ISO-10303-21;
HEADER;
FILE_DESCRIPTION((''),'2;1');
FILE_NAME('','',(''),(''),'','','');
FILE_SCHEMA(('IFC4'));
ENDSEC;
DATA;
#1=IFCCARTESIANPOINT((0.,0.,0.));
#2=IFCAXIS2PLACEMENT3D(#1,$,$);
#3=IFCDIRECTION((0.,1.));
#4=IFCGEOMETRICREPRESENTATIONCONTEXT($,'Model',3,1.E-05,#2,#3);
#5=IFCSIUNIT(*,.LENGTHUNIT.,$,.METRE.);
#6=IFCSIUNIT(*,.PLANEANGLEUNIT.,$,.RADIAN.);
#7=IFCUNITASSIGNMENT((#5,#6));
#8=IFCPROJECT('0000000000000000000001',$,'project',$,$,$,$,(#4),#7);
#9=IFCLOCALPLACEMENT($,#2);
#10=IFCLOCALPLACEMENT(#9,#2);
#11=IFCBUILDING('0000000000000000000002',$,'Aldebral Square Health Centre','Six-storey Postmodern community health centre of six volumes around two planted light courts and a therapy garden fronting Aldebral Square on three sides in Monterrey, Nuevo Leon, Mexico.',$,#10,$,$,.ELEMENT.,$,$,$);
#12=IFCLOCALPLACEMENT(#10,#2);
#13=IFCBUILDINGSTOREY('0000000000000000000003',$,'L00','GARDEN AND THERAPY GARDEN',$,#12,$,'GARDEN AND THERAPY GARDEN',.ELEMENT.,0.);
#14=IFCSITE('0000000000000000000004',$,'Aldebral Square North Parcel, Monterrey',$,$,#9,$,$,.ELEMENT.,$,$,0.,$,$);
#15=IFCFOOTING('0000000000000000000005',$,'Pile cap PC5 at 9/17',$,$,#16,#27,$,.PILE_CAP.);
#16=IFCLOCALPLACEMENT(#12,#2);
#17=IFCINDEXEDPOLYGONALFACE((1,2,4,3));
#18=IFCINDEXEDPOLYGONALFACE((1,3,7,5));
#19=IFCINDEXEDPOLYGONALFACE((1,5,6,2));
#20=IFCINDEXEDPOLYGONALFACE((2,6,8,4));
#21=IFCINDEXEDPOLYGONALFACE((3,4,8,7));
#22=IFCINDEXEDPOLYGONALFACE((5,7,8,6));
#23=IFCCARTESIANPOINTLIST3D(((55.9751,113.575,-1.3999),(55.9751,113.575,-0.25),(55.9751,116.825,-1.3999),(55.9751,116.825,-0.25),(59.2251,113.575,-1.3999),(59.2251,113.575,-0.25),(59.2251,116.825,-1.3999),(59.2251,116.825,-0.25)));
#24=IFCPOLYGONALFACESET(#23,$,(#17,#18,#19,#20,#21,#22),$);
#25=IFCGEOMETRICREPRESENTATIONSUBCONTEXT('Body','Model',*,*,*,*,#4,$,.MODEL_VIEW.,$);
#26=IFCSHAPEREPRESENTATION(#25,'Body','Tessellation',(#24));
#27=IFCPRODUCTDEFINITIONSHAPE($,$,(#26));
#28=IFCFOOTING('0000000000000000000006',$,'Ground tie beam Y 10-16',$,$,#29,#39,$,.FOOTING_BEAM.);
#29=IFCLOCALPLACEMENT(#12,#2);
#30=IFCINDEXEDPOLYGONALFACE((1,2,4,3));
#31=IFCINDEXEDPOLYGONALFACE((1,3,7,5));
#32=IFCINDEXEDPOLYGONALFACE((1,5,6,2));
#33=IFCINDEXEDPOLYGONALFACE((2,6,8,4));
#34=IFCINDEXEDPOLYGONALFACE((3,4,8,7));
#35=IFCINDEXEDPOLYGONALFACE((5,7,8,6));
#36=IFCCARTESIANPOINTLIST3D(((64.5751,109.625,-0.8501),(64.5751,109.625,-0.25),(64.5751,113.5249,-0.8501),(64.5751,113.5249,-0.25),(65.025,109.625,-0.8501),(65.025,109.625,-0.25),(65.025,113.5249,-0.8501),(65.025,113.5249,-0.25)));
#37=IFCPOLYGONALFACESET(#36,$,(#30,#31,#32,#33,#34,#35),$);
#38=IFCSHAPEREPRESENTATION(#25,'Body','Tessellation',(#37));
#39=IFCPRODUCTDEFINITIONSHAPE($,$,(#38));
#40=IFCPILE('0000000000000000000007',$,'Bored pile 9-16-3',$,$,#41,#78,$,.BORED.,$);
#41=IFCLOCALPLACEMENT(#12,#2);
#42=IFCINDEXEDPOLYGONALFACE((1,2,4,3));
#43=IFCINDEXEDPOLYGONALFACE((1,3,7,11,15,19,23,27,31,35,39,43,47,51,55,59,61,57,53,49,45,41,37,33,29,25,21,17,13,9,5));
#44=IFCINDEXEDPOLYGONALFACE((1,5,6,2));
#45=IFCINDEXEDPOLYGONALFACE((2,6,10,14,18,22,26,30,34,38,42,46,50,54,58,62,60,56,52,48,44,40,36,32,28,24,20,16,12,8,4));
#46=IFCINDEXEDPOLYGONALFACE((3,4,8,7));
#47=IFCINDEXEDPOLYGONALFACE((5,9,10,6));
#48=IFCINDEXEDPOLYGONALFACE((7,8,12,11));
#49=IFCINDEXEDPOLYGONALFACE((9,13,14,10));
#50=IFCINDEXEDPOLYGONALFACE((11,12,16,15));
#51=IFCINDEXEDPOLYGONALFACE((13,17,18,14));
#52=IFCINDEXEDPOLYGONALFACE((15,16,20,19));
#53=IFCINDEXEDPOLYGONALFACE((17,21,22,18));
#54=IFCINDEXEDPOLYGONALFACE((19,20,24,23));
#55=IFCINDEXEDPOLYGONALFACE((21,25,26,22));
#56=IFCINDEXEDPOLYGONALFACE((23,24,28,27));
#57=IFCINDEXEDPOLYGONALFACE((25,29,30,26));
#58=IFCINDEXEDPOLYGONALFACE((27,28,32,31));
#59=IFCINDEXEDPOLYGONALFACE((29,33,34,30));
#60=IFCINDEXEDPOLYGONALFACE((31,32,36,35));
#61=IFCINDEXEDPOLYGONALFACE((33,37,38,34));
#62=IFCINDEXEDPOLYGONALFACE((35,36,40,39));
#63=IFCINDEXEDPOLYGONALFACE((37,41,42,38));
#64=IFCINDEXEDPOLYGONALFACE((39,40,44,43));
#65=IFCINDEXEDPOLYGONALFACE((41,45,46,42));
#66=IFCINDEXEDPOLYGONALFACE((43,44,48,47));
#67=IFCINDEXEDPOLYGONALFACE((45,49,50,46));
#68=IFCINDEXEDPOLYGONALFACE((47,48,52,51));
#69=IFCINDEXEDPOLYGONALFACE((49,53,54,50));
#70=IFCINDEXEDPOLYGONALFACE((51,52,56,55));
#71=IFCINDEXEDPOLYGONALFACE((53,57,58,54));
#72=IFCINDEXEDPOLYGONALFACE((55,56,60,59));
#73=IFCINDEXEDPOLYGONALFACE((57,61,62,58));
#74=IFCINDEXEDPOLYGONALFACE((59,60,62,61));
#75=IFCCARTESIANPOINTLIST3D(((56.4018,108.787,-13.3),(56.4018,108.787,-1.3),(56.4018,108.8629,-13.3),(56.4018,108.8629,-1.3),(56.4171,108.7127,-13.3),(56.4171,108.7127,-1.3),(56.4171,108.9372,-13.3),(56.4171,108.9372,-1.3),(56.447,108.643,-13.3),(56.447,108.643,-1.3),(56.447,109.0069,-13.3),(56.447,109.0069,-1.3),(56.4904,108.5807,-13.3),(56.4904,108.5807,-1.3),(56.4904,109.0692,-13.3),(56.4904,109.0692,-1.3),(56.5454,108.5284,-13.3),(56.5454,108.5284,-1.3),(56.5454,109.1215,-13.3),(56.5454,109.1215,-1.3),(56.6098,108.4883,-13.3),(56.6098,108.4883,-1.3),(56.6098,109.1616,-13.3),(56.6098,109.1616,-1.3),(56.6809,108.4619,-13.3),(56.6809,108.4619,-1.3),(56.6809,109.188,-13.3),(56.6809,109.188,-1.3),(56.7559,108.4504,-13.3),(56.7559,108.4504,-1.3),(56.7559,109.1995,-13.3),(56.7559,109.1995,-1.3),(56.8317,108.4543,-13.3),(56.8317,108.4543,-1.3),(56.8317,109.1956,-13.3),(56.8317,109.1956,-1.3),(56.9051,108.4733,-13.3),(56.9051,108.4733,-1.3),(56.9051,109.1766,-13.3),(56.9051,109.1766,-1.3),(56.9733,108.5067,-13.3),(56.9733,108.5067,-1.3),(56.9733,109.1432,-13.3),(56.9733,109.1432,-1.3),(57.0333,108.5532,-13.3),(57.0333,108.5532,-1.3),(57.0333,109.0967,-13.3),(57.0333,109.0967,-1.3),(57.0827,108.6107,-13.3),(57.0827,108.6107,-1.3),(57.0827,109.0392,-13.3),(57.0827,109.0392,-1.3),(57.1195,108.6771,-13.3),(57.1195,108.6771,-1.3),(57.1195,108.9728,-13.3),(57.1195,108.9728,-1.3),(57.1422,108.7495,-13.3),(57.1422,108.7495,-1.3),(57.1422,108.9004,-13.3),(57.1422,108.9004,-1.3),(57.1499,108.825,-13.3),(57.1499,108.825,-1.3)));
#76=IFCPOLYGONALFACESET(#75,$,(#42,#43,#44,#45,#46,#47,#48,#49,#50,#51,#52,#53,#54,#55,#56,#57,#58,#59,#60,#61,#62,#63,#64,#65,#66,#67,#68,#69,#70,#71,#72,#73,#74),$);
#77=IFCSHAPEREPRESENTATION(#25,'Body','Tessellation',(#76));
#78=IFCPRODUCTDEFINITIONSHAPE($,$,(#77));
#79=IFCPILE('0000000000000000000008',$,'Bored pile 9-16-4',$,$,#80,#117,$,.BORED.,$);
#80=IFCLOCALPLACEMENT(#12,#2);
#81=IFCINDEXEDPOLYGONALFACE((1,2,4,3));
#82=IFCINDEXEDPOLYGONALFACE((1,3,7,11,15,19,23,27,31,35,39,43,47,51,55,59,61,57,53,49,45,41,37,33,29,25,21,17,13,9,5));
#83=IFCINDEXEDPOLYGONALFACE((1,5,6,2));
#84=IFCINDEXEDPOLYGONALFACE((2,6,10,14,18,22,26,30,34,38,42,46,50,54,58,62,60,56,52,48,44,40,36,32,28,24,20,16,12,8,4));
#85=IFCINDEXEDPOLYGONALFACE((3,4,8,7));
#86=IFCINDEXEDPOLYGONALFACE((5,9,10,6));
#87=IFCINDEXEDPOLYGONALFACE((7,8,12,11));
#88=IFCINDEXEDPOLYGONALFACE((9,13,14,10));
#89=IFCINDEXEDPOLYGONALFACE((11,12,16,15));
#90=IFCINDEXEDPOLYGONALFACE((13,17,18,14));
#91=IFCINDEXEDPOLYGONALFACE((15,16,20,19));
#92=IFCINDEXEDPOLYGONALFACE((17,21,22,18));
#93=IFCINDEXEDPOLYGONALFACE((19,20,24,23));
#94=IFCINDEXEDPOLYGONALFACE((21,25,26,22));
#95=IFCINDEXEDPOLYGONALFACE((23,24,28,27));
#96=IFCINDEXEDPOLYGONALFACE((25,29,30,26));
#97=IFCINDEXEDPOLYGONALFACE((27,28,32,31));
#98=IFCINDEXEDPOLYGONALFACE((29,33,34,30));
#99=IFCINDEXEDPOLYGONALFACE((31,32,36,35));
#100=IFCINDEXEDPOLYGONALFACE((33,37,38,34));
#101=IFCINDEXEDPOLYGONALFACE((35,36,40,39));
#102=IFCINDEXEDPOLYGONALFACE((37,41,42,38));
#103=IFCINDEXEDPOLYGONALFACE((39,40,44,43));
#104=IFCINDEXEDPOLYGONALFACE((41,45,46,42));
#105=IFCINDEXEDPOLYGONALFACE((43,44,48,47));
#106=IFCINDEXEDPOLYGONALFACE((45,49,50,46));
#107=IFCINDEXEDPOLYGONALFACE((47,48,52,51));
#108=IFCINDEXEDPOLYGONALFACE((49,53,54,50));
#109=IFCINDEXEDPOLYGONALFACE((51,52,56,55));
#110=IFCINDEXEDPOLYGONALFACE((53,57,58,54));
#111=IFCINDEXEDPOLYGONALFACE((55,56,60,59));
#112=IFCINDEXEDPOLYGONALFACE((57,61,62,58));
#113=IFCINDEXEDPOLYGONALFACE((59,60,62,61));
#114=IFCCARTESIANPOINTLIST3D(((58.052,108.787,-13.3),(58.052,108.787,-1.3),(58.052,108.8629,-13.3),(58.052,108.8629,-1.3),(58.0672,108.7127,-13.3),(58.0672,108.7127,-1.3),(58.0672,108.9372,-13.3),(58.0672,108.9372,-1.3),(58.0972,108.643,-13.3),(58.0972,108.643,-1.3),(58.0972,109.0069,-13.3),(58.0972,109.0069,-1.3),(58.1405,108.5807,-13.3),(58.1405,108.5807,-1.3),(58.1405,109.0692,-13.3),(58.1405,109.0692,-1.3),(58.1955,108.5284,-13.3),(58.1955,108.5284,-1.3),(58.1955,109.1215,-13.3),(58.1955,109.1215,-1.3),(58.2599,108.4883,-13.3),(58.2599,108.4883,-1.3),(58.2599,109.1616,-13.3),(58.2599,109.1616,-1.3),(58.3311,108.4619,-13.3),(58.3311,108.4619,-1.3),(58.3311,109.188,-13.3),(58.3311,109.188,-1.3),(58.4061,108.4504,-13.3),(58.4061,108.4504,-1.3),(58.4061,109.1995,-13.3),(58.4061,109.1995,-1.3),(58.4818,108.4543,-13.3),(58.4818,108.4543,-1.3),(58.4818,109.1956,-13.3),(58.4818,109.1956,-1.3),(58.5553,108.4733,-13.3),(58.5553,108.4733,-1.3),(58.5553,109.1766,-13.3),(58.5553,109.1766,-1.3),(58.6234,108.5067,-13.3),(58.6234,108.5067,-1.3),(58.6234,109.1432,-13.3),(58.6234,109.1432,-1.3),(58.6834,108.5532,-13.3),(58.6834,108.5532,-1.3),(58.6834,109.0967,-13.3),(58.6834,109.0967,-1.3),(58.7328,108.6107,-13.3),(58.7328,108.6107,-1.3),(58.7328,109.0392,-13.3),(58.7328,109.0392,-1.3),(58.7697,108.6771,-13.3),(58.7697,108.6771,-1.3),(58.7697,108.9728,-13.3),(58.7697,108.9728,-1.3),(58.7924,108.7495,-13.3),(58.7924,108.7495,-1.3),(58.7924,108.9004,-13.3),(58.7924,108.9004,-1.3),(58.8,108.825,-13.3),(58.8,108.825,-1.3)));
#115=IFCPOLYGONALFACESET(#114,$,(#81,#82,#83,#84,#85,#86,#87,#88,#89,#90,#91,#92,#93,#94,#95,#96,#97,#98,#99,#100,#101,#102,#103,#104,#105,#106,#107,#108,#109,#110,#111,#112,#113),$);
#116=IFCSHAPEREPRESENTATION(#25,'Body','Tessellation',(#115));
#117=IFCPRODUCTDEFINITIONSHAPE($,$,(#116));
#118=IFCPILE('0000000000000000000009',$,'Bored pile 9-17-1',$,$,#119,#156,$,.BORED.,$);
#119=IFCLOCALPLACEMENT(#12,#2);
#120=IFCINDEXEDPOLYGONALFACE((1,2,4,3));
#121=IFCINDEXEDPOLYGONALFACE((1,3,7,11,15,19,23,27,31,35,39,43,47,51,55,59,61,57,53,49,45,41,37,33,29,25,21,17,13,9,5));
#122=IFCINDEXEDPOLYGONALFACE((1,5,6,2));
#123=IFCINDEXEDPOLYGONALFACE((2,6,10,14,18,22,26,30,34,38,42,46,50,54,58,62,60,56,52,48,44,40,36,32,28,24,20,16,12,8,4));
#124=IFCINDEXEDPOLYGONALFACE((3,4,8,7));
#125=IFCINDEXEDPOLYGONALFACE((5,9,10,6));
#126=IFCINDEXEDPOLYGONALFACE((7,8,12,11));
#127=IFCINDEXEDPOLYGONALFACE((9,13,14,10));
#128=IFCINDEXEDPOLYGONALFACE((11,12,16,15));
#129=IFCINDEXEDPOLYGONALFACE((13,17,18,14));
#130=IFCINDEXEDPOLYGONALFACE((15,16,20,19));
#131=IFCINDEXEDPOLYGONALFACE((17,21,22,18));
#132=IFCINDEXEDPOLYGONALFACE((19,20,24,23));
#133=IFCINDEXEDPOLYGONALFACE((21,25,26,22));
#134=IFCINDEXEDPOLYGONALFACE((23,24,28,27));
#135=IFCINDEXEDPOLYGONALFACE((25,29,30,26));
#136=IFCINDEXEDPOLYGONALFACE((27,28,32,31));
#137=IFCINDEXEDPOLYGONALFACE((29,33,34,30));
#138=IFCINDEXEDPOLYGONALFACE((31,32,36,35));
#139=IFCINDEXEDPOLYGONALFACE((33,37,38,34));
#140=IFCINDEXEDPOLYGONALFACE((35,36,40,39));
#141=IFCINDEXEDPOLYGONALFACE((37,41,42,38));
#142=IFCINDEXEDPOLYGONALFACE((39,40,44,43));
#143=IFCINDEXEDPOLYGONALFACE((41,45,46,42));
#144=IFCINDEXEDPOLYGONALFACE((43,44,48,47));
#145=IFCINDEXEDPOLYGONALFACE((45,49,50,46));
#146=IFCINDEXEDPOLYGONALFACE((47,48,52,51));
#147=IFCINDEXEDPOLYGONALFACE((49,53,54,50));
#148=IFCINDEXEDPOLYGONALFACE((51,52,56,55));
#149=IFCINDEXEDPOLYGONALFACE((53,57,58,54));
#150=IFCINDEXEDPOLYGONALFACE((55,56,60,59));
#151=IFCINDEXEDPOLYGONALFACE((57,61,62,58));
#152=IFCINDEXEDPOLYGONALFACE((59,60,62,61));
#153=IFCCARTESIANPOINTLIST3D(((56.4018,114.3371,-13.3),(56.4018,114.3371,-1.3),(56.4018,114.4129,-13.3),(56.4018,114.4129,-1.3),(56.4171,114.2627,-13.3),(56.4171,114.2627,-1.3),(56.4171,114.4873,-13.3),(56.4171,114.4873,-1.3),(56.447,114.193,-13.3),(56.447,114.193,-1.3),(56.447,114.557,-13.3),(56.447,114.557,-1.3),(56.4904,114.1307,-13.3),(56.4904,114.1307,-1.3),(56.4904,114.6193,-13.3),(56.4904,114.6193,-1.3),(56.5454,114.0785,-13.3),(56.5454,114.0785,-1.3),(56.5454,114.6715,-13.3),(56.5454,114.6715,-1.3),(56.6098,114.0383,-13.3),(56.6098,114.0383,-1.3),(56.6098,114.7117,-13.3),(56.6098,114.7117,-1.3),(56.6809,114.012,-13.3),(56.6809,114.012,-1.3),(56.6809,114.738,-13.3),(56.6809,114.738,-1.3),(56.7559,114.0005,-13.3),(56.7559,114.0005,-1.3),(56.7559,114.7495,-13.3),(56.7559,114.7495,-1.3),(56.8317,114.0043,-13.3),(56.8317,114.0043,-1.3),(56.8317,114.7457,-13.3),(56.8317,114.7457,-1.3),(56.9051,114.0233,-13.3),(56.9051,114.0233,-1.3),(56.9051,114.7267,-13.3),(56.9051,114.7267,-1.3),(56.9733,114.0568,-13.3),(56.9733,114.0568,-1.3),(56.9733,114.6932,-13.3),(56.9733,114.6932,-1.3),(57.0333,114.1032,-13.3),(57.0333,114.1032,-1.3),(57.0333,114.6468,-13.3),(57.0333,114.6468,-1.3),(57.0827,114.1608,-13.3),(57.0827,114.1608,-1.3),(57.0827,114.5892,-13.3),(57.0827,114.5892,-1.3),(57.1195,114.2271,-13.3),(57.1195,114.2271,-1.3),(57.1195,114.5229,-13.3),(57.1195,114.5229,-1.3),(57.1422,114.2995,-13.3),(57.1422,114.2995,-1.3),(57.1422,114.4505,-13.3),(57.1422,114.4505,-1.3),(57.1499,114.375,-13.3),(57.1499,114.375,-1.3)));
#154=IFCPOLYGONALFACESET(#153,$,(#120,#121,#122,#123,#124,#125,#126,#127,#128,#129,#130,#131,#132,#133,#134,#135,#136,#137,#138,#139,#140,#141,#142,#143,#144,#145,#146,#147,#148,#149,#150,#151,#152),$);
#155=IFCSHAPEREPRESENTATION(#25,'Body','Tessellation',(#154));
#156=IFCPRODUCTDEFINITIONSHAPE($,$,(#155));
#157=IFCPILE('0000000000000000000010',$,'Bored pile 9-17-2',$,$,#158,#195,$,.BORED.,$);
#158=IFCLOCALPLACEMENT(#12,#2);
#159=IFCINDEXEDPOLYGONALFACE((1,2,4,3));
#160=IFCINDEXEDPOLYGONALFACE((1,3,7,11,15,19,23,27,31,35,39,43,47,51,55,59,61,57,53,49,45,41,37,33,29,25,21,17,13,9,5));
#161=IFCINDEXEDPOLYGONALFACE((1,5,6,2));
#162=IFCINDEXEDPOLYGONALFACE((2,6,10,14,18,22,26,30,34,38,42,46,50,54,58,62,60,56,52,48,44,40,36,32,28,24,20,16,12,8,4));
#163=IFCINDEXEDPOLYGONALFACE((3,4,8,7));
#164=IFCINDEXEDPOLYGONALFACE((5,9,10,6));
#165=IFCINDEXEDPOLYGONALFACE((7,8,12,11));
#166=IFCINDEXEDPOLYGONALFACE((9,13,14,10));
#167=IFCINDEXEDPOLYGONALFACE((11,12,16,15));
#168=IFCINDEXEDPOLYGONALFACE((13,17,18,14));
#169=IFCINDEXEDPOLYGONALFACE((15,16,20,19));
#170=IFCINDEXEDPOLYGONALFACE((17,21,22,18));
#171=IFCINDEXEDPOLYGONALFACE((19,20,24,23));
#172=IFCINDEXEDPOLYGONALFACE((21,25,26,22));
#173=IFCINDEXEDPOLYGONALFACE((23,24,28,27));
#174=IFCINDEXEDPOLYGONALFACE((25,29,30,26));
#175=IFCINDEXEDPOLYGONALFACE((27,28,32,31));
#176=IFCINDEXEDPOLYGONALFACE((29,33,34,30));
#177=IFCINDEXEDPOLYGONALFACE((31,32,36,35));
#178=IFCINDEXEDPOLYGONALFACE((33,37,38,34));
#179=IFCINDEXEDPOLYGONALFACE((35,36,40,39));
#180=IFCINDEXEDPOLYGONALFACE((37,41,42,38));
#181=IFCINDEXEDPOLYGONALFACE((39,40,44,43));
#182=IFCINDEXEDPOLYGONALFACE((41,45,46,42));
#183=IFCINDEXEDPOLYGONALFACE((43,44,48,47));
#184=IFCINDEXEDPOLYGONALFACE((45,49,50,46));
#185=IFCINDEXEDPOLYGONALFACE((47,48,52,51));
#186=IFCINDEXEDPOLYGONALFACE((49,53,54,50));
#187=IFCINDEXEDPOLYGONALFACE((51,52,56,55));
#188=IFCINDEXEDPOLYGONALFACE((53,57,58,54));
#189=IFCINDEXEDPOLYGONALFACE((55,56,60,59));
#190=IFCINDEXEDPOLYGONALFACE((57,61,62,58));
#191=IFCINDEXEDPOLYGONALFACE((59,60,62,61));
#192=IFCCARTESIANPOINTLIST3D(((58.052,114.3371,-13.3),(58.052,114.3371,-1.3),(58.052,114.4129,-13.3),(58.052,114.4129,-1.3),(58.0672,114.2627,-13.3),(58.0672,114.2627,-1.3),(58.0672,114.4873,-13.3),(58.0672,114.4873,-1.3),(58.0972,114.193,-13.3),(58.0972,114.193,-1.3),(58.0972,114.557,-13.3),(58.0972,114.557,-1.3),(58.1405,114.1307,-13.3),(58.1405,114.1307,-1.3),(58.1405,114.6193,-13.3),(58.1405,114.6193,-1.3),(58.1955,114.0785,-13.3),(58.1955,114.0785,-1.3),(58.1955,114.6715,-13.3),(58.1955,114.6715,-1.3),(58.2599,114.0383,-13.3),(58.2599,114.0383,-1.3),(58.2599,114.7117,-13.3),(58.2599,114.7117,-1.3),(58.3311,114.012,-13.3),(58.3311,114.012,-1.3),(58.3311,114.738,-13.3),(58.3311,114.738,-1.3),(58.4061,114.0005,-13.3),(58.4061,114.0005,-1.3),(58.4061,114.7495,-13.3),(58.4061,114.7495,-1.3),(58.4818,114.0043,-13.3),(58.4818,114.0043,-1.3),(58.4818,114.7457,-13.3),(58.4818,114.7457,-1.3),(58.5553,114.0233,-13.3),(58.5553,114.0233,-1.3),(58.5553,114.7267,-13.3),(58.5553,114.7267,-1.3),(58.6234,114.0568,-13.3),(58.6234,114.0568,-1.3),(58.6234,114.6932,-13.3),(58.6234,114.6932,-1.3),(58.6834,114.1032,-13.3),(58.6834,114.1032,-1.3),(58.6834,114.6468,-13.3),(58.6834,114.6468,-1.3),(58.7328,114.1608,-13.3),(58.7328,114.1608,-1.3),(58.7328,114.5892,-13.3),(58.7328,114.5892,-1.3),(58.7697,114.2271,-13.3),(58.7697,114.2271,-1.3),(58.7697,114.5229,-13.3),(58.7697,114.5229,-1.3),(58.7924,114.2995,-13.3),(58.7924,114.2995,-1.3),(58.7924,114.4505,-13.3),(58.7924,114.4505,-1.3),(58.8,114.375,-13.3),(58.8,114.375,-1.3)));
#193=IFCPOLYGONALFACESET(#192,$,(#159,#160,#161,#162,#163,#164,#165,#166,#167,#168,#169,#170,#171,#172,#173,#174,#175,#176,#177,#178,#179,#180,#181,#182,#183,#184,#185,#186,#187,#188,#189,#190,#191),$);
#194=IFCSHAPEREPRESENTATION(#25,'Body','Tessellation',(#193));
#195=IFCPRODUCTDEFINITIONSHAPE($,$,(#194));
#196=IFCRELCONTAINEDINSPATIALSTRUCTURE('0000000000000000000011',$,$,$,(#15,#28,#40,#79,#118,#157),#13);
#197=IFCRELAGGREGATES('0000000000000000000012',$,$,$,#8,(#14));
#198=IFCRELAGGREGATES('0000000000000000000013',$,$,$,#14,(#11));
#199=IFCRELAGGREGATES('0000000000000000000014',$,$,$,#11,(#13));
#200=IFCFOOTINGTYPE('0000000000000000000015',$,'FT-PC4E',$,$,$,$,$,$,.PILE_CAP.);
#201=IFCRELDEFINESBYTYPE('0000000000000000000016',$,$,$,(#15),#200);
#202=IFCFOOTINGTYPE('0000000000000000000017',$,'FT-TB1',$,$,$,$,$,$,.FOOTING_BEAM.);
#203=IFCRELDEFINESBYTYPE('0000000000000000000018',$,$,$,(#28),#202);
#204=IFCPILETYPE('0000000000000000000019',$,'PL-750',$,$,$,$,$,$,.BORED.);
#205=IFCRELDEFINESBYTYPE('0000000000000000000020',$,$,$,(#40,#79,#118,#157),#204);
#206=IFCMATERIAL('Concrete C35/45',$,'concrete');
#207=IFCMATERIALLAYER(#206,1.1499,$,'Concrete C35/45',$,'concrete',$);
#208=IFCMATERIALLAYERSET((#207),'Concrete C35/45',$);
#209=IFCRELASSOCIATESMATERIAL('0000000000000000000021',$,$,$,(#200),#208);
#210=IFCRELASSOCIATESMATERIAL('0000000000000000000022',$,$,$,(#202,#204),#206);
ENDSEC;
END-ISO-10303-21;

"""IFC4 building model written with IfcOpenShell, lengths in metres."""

from ifc_helpers import new_model, si_unit, direction, frame, origin, origin_2d, place, context, subcontext, project, spatial, rectangle, circle, extrude, material, layer, layer_set, material_profile, profile_set, type_object, element, save


model = new_model("IFC4")

# Units and contexts
model_context = context("Model", 3, precision=1e-05, world=origin(), true_north=direction((0.0, 1.0)))
body_context = subcontext(model_context, "Body", "Model", "MODEL_VIEW")
ifc_project = project(units=[si_unit("LENGTHUNIT", "METRE"), si_unit("PLANEANGLEUNIT", "RADIAN")], contexts=[model_context])

# Site, building, storey
site_placement = place(None, origin())
site = spatial("IfcSite", under=ifc_project, at=site_placement, Name="Aldebral Square North Parcel, Monterrey", CompositionType="ELEMENT", RefElevation=0.0)
building_placement = place(site_placement, origin())
building = spatial("IfcBuilding", under=site, at=building_placement, Name="Aldebral Square Health Centre", Description="Six-storey Postmodern community health centre of six volumes around two planted light courts and a therapy garden fronting Aldebral Square on three sides in Monterrey, Nuevo Leon, Mexico.", CompositionType="ELEMENT")
storey_placement = place(building_placement, origin())
storey = spatial("IfcBuildingStorey", under=building, at=storey_placement, Name="L00", Description="GARDEN AND THERAPY GARDEN", LongName="GARDEN AND THERAPY GARDEN", CompositionType="ELEMENT", Elevation=0.0)

# Footings
ifc_material_1 = material(Name="Concrete C35/45", Category="concrete")
ifc_layer_1 = layer(ifc_material_1, 1.1499, Name="Concrete C35/45", Category="concrete")
ifc_layer_set_1 = layer_set([ifc_layer_1], Name="Concrete C35/45")
footing_type_1 = type_object("IfcFootingType", Name="FT-PC4E", PredefinedType="PILE_CAP", material=ifc_layer_set_1)
footing_1_placement = place(storey_placement, frame((57.6001, 115.2, -1.3999), z_axis=(0.0, 0.0, 1.0), x_axis=(1.0, 0.0, 0.0)))
element("IfcFooting", 1, at=footing_1_placement, inside=storey, type_object=footing_type_1, Name="Pile cap PC5 at 9/17", PredefinedType="PILE_CAP", context=body_context, shape_type="SweptSolid", body=[
    extrude(rectangle(XDim=3.25, YDim=3.25, at=origin_2d()), origin(), (0.0, 0.0, 1.0), 1.1499),
])
ifc_material_profile_1 = material_profile(ifc_material_1, rectangle(XDim=0.45, YDim=0.6001, at=origin_2d()), Name="RC 450x600")
ifc_profile_set_1 = profile_set([ifc_material_profile_1], Name="Concrete C35/45")
footing_type_2 = type_object("IfcFootingType", Name="FT-TB1", PredefinedType="FOOTING_BEAM", material=ifc_profile_set_1)
footing_2_placement = place(storey_placement, frame((64.8, 109.625, -0.55), z_axis=(0.0, 1.0, 0.0), x_axis=(-1.0, 0.0, 0.0)))
element("IfcFooting", 2, at=footing_2_placement, inside=storey, type_object=footing_type_2, Name="Ground tie beam Y 10-16", PredefinedType="FOOTING_BEAM", context=body_context, shape_type="SweptSolid", body=[
    extrude(rectangle(XDim=0.45, YDim=0.6001, at=origin_2d()), origin(), (0.0, 0.0, 1.0), 3.8999),
])

# Piles
ifc_material_profile_2 = material_profile(ifc_material_1, circle(Radius=0.375, at=origin_2d()), Name="PILE D750")
ifc_profile_set_2 = profile_set([ifc_material_profile_2], Name="Concrete C35/45")
pile_type = type_object("IfcPileType", Name="PL-750", PredefinedType="BORED", material=ifc_profile_set_2)
for number, where, z_axis, x_axis, name in (
    (3, (56.7749, 108.825, -1.3), (0.0, 0.0, -1.0), (1.0, 0.0, 0.0), "Bored pile 9-16-3"),
    (4, (58.425, 108.825, -1.3), (0.0, 0.0, -1.0), (1.0, 0.0, 0.0), "Bored pile 9-16-4"),
    (5, (56.7749, 114.375, -1.3), (0.0, 0.0, -1.0), (1.0, 0.0, 0.0), "Bored pile 9-17-1"),
    (6, (58.425, 114.375, -1.3), (0.0, 0.0, -1.0), (1.0, 0.0, 0.0), "Bored pile 9-17-2"),
):
    element("IfcPile", number, at=place(storey_placement, frame(where, z_axis=z_axis, x_axis=x_axis)), inside=storey, type_object=pile_type, Name=name, PredefinedType="BORED", context=body_context, shape_type="SweptSolid", body=[
        extrude(circle(Radius=0.375, at=origin_2d()), origin(), (0.0, 0.0, 1.0), 12.0),
    ])

save(model, "model.ifc")
